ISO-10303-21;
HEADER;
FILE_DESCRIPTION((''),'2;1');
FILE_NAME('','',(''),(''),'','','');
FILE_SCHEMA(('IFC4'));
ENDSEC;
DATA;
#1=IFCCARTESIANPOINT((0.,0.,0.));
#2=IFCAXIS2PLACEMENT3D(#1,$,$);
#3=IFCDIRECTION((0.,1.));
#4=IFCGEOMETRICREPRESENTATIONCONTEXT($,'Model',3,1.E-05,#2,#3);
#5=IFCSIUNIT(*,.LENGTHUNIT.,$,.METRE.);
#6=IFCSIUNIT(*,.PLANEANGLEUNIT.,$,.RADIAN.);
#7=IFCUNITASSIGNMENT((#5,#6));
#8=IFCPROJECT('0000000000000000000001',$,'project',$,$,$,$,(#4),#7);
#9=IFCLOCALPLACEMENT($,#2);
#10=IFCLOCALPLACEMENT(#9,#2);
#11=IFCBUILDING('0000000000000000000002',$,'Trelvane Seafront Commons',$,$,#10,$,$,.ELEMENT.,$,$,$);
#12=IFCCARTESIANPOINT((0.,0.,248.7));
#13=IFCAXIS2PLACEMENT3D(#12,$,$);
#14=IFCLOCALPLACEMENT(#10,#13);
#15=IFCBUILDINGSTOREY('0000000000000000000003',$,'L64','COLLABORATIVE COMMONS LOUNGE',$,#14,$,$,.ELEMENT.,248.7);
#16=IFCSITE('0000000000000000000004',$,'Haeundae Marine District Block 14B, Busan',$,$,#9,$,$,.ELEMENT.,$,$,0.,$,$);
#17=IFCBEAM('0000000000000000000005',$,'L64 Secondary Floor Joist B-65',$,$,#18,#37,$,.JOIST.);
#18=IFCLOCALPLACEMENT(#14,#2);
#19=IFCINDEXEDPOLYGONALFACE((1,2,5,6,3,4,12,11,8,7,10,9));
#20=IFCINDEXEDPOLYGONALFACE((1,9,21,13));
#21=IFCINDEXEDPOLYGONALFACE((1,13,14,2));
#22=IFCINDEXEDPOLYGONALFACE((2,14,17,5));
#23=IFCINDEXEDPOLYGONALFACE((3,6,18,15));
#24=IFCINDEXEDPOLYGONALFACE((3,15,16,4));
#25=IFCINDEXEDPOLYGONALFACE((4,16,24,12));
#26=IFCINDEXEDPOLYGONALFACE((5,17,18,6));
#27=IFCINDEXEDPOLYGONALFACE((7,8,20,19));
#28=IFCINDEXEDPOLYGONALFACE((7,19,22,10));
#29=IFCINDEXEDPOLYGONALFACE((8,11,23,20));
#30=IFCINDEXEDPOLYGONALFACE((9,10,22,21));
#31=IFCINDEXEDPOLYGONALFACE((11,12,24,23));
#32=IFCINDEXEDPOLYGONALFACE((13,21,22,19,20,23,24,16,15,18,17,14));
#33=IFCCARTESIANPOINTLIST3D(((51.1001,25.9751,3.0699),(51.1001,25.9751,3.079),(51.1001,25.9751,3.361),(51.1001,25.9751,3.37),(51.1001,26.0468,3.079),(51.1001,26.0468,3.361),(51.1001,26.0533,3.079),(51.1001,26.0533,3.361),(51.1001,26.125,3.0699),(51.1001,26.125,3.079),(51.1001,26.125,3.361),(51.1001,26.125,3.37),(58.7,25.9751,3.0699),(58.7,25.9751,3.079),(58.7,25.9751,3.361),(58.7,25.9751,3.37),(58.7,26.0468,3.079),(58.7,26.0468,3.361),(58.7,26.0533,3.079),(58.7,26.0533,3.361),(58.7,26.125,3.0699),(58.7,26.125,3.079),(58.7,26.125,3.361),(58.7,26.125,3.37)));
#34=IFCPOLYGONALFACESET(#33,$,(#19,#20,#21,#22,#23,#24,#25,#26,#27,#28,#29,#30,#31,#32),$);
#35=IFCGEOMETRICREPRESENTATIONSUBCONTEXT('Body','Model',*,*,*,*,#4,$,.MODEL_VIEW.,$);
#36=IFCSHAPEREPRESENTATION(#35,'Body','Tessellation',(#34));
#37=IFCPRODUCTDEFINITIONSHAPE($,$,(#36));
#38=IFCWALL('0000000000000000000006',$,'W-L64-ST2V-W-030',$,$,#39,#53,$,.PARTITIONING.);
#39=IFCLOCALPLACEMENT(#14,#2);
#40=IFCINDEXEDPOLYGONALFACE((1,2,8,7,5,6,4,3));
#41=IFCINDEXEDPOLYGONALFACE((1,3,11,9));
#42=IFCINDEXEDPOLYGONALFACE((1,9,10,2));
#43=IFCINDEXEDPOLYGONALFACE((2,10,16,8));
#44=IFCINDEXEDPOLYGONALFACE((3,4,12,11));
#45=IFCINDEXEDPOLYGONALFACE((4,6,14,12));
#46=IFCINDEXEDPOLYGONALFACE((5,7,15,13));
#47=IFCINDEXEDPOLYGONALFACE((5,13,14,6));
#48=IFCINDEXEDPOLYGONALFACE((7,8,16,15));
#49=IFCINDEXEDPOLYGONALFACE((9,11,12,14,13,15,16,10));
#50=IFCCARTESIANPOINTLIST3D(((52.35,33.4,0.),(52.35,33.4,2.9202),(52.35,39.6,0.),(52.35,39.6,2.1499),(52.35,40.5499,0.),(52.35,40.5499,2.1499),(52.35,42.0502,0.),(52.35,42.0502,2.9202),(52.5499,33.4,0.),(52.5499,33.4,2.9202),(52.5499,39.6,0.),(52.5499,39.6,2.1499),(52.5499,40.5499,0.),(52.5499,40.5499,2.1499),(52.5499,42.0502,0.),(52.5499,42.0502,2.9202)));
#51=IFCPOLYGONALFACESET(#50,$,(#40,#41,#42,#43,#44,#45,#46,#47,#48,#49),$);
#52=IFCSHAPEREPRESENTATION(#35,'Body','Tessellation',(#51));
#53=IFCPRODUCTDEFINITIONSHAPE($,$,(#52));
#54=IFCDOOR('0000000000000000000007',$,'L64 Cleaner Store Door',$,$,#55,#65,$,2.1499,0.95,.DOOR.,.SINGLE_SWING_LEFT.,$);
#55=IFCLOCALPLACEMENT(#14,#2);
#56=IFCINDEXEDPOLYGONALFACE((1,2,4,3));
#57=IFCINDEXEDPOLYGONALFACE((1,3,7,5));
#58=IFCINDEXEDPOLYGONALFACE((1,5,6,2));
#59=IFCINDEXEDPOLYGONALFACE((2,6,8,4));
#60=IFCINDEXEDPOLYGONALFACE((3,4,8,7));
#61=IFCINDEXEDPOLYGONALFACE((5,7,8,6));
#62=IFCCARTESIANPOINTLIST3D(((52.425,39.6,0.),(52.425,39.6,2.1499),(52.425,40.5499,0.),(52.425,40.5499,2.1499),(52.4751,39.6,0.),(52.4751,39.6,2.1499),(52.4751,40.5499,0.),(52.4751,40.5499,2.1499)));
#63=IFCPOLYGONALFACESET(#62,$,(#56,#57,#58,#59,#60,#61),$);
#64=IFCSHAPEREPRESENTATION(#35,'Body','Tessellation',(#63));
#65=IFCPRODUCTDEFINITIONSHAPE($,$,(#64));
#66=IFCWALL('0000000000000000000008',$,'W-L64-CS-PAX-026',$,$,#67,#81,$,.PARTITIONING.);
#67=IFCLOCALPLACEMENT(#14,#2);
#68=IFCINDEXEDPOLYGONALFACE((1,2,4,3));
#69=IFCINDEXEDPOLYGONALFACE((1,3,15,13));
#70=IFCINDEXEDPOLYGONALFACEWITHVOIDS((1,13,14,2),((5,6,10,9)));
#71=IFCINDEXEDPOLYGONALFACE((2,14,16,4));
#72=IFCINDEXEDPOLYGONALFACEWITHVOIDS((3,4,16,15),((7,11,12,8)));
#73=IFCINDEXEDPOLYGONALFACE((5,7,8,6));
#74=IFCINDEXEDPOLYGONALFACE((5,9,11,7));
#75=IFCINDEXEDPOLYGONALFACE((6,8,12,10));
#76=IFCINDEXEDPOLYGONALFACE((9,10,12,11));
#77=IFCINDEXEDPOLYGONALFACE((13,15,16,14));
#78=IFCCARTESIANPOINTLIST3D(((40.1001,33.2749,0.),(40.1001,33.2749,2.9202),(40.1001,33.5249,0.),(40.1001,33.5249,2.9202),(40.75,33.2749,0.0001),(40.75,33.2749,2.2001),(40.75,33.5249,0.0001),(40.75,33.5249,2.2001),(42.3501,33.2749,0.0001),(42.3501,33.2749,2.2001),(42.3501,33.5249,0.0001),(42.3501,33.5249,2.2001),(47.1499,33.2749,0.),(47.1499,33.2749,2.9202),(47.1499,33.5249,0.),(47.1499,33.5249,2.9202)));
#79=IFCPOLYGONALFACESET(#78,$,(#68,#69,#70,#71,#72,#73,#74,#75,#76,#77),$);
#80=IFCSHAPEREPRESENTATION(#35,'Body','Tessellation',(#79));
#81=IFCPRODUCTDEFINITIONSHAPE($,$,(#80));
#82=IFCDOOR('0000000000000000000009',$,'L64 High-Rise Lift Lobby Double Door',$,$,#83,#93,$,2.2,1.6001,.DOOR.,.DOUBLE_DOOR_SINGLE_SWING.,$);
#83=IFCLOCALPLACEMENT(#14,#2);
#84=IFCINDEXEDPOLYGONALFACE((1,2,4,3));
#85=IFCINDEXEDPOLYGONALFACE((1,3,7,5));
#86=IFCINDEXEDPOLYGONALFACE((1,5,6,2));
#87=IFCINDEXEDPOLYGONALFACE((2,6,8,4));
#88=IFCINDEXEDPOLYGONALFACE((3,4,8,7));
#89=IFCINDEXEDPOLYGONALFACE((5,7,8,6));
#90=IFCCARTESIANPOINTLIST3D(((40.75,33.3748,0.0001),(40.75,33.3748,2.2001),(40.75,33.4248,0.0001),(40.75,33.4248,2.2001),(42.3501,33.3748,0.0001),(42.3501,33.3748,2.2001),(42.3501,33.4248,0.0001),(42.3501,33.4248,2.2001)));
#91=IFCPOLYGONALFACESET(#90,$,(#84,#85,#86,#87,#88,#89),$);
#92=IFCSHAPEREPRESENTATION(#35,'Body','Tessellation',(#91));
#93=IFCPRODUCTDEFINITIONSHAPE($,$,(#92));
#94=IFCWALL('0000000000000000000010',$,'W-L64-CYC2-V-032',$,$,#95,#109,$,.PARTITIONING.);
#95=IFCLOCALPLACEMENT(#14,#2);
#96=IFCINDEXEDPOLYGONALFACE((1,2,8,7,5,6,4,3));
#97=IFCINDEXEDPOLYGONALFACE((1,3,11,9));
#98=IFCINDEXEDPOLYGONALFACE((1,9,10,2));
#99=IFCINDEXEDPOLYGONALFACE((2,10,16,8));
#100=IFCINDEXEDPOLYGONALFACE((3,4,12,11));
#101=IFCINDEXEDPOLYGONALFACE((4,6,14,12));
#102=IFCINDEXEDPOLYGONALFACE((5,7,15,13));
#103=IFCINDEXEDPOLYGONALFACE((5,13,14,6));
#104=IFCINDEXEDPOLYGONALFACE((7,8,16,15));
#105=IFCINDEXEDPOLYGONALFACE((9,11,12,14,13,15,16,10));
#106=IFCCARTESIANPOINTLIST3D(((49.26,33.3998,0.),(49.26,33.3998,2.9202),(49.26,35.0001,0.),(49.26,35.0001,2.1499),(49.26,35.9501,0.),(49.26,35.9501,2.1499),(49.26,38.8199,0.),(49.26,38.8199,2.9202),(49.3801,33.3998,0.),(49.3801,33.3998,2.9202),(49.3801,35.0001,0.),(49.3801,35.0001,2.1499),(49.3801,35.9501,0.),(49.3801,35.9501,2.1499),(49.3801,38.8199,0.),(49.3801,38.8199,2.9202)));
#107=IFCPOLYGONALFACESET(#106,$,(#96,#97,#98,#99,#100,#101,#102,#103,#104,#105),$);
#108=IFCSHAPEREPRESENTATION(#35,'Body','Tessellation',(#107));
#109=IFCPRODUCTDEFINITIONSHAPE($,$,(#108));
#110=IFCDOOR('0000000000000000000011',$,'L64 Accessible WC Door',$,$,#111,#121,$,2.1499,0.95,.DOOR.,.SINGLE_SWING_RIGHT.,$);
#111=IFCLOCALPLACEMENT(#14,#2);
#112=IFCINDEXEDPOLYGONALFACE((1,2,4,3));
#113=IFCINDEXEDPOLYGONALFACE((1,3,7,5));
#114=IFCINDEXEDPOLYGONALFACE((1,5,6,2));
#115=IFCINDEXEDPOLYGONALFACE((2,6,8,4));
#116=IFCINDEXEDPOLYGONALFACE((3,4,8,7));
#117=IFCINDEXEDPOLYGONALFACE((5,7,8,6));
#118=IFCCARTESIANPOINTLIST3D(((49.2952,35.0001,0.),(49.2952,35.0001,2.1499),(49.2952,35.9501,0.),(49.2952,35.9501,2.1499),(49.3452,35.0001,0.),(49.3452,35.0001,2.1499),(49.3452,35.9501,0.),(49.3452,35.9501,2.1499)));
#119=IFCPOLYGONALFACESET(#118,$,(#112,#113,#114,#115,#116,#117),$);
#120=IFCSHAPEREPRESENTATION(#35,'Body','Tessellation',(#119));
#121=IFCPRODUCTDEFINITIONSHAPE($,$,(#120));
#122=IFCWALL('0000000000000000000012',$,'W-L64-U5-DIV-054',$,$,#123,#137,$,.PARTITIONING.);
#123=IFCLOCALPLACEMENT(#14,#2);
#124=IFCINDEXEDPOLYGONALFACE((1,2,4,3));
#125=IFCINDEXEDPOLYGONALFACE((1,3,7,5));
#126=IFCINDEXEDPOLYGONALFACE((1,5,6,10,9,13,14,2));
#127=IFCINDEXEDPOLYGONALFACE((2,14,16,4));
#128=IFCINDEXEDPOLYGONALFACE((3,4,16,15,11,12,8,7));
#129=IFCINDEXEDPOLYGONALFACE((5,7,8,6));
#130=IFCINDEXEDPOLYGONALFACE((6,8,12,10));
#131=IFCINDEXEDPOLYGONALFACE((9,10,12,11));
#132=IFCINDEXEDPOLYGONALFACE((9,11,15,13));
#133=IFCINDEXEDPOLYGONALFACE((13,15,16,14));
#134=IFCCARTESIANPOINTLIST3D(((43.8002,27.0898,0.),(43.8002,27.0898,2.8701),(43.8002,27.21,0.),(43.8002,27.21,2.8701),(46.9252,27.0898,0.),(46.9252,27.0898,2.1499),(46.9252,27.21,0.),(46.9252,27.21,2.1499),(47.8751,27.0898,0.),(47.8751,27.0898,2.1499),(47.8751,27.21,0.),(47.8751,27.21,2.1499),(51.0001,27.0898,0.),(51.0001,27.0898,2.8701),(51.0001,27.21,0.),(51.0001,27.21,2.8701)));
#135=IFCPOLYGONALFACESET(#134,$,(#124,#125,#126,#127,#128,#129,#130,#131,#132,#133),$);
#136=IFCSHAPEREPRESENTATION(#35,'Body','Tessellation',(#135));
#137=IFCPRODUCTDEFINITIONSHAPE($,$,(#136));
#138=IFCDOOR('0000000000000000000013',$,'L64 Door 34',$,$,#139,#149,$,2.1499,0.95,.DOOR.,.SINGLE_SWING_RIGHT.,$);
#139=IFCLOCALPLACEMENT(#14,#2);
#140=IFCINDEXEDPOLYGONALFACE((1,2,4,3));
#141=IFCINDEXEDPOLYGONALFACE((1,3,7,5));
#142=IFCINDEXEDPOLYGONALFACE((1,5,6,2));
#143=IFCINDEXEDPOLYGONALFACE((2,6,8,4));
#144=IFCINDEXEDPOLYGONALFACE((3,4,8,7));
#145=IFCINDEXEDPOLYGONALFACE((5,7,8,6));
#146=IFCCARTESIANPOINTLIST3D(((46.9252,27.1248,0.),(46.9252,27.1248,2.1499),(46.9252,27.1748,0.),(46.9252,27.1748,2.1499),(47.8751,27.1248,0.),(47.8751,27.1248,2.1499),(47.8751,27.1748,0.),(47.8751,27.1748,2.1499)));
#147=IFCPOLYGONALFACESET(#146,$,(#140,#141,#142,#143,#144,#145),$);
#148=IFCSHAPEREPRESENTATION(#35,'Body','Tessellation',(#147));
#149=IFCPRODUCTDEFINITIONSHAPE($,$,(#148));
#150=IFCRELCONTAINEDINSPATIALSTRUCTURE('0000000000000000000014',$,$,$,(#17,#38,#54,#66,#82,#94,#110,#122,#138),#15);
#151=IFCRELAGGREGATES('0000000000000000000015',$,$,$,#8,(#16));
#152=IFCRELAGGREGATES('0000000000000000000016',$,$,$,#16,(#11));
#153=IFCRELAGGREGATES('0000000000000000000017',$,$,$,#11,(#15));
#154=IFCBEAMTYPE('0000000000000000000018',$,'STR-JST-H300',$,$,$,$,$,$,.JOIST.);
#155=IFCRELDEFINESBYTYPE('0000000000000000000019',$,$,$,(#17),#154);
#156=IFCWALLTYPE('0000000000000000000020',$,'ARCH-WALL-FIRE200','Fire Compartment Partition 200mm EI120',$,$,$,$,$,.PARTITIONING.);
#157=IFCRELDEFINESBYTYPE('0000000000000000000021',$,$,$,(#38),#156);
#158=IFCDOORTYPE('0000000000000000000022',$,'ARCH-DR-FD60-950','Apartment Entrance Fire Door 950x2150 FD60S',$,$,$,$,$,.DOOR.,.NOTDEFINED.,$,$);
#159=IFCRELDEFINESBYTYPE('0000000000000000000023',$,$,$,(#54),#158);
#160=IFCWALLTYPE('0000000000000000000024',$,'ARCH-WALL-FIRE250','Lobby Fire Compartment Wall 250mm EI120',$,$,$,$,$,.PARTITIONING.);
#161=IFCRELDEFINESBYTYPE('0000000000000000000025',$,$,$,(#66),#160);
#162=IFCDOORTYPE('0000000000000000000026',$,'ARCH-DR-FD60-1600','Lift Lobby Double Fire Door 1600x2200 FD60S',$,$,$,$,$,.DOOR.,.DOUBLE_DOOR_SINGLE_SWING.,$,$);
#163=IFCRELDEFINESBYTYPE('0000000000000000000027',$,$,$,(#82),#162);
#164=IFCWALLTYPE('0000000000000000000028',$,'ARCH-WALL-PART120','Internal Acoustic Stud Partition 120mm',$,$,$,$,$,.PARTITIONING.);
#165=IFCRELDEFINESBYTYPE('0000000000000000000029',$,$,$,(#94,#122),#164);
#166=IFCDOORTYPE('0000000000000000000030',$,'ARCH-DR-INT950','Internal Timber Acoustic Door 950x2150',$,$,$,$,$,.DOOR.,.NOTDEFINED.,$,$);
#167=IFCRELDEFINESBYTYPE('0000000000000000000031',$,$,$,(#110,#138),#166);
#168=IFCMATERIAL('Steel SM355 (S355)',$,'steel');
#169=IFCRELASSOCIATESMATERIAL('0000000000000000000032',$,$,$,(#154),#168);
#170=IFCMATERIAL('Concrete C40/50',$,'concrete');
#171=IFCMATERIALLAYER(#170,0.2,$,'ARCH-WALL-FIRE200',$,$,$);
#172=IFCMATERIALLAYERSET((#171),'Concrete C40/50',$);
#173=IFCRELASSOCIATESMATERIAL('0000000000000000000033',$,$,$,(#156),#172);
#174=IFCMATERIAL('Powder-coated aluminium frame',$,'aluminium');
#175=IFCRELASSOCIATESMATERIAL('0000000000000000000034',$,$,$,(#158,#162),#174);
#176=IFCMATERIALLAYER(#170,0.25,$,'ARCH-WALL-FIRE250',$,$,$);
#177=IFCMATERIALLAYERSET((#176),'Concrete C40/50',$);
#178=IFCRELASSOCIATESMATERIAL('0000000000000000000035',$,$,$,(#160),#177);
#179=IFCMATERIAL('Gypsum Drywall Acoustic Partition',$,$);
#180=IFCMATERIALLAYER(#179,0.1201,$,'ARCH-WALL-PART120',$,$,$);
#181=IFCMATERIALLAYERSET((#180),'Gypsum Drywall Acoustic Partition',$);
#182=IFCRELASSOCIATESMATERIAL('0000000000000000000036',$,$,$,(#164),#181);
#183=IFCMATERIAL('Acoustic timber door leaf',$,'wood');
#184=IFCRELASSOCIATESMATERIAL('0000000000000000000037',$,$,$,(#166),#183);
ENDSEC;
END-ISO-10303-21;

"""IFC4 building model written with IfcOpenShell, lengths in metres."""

from ifc_helpers import new_model, si_unit, direction, frame, frame_2d, origin, origin_2d, place, context, subcontext, project, spatial, rectangle, i_section, extrude, source, transform, mapped, material, layer, layer_set, material_profile, profile_set, type_object, element, fill, save


model = new_model("IFC4")

# Units and contexts
model_context = context("Model", 3, precision=1e-05, world=origin(), true_north=direction((0.0, 1.0)))
body_context = subcontext(model_context, "Body", "Model", "MODEL_VIEW")
ifc_project = project(units=[si_unit("LENGTHUNIT", "METRE"), si_unit("PLANEANGLEUNIT", "RADIAN")], contexts=[model_context])

# Site, building, storey
site_placement = place(None, origin())
site = spatial("IfcSite", under=ifc_project, at=site_placement, Name="Haeundae Marine District Block 14B, Busan", CompositionType="ELEMENT", RefElevation=0.0)
building_placement = place(site_placement, origin())
building = spatial("IfcBuilding", under=site, at=building_placement, Name="Trelvane Seafront Commons", CompositionType="ELEMENT")
storey_placement = place(building_placement, frame((0.0, 0.0, 248.7)))
storey = spatial("IfcBuildingStorey", under=building, at=storey_placement, Name="L64", Description="COLLABORATIVE COMMONS LOUNGE", CompositionType="ELEMENT", Elevation=248.7)

# Beam
ifc_material_1 = material(Name="Steel SM355 (S355)", Category="steel")
ifc_material_profile_1 = material_profile(ifc_material_1, i_section(OverallWidth=0.1499, OverallDepth=0.3, WebThickness=0.0066, FlangeThickness=0.009, at=origin_2d()), Name="H-300x150x6.5x9")
ifc_profile_set_1 = profile_set([ifc_material_profile_1], Name="Steel SM355 (S355)")
beam_type_1 = type_object("IfcBeamType", Name="STR-JST-H300", PredefinedType="JOIST", material=ifc_profile_set_1)
shared_shape_1 = source(origin(), body_context, "Body", "SweptSolid", [
    extrude(i_section(OverallWidth=0.1499, OverallDepth=0.3, WebThickness=0.0066, FlangeThickness=0.009, at=origin_2d()), origin(), (0.0, 0.0, 1.0), 7.5999),
])
beam_1_placement = place(storey_placement, frame((51.1001, 26.05, 3.22), z_axis=(1.0, 0.0, 0.0), x_axis=(0.0, 1.0, 0.0)))
element("IfcBeam", 1, at=beam_1_placement, inside=storey, type_object=beam_type_1, Name="L64 Secondary Floor Joist B-65", PredefinedType="JOIST", context=body_context, shape_type="MappedRepresentation", body=[
    mapped(shared_shape_1, transform((0.0, 0.0, 0.0), x_axis=(1.0, 0.0, 0.0), y_axis=(0.0, 1.0, 0.0), z_axis=(0.0, 0.0, 1.0), scale=1.0)),
])

# Walls, openings, doors
ifc_material_2 = material(Name="Concrete C40/50", Category="concrete")
ifc_layer_1 = layer(ifc_material_2, 0.2, Name="ARCH-WALL-FIRE200")
ifc_layer_set_1 = layer_set([ifc_layer_1], Name="Concrete C40/50")
wall_type_1 = type_object("IfcWallType", Name="ARCH-WALL-FIRE200", Description="Fire Compartment Partition 200mm EI120", PredefinedType="PARTITIONING", material=ifc_layer_set_1)
wall_1_placement = place(storey_placement, frame((52.45, 33.3999, 0.0), z_axis=(0.0, 0.0, 1.0), x_axis=(0.0, 1.0, 0.0)))
wall_1 = element("IfcWall", 2, at=wall_1_placement, inside=storey, type_object=wall_type_1, Name="W-L64-ST2V-W-030", PredefinedType="PARTITIONING", context=body_context, shape_type="SweptSolid", body=[
    extrude(rectangle(XDim=8.6501, YDim=0.2, at=frame_2d((4.3252, 0.0))), origin(), (0.0, 0.0, 1.0), 2.9202),
])
opening_1_placement = place(wall_1_placement, frame((6.2, 0.0, 0.0)))
opening_1 = element("IfcOpeningElement", 3, at=opening_1_placement, cuts=wall_1, PredefinedType="OPENING", context=body_context, shape_type="SweptSolid", body=[
    extrude(rectangle(XDim=0.95, YDim=2.1499, at=frame_2d((0.4751, 1.075))), frame((0.0, 0.1099, 0.0), z_axis=(0.0, -1.0, 0.0), x_axis=(1.0, 0.0, 0.0)), (0.0, 0.0, 1.0), 0.22),
])
ifc_material_3 = material(Name="Powder-coated aluminium frame", Category="aluminium")
door_type_1 = type_object("IfcDoorType", Name="ARCH-DR-FD60-950", Description="Apartment Entrance Fire Door 950x2150 FD60S", OperationType="NOTDEFINED", PredefinedType="DOOR", material=ifc_material_3)
shared_shape_2 = source(origin(), body_context, "Body", "SweptSolid", [
    extrude(rectangle(XDim=0.95, YDim=2.1499, at=frame_2d((0.4751, 1.075))), frame((0.0, 0.0249, 0.0), z_axis=(0.0, -1.0, 0.0), x_axis=(1.0, 0.0, 0.0)), (0.0, 0.0, 1.0), 0.05),
])
door_1_placement = place(opening_1_placement, origin())
door_1 = element("IfcDoor", 4, at=door_1_placement, inside=storey, type_object=door_type_1, Name="L64 Cleaner Store Door", OperationType="SINGLE_SWING_LEFT", OverallHeight=2.1499, OverallWidth=0.95, PredefinedType="DOOR", context=body_context, shape_type="MappedRepresentation", body=[
    mapped(shared_shape_2, transform((0.0, 0.0, 0.0), x_axis=(1.0, 0.0, 0.0), y_axis=(0.0, 1.0, 0.0), z_axis=(0.0, 0.0, 1.0), scale=1.0)),
])
fill(opening_1, door_1)
ifc_layer_2 = layer(ifc_material_2, 0.25, Name="ARCH-WALL-FIRE250")
ifc_layer_set_2 = layer_set([ifc_layer_2], Name="Concrete C40/50")
wall_type_2 = type_object("IfcWallType", Name="ARCH-WALL-FIRE250", Description="Lobby Fire Compartment Wall 250mm EI120", PredefinedType="PARTITIONING", material=ifc_layer_set_2)
wall_2_placement = place(storey_placement, frame((40.1001, 33.3999, 0.0), z_axis=(0.0, 0.0, 1.0), x_axis=(1.0, 0.0, 0.0)))
wall_2 = element("IfcWall", 5, at=wall_2_placement, inside=storey, type_object=wall_type_2, Name="W-L64-CS-PAX-026", PredefinedType="PARTITIONING", context=body_context, shape_type="SweptSolid", body=[
    extrude(rectangle(XDim=7.0498, YDim=0.25, at=frame_2d((3.5249, 0.0))), origin(), (0.0, 0.0, 1.0), 2.9202),
])
opening_2_placement = place(wall_2_placement, frame((0.6499, 0.0, 0.0)))
opening_2 = element("IfcOpeningElement", 6, at=opening_2_placement, cuts=wall_2, PredefinedType="OPENING", context=body_context, shape_type="SweptSolid", body=[
    extrude(rectangle(XDim=1.6001, YDim=2.2, at=frame_2d((0.8, 1.1001))), frame((0.0, 0.135, 0.0), z_axis=(0.0, -1.0, 0.0), x_axis=(1.0, 0.0, 0.0)), (0.0, 0.0, 1.0), 0.27),
])
door_type_2 = type_object("IfcDoorType", Name="ARCH-DR-FD60-1600", Description="Lift Lobby Double Fire Door 1600x2200 FD60S", OperationType="DOUBLE_DOOR_SINGLE_SWING", PredefinedType="DOOR", material=ifc_material_3)
shared_shape_3 = source(origin(), body_context, "Body", "SweptSolid", [
    extrude(rectangle(XDim=1.6001, YDim=2.2, at=frame_2d((0.8, 1.1001))), frame((0.0, 0.0249, 0.0), z_axis=(0.0, -1.0, 0.0), x_axis=(1.0, 0.0, 0.0)), (0.0, 0.0, 1.0), 0.05),
])
door_2_placement = place(opening_2_placement, origin())
door_2 = element("IfcDoor", 7, at=door_2_placement, inside=storey, type_object=door_type_2, Name="L64 High-Rise Lift Lobby Double Door", OperationType="DOUBLE_DOOR_SINGLE_SWING", OverallHeight=2.2, OverallWidth=1.6001, PredefinedType="DOOR", context=body_context, shape_type="MappedRepresentation", body=[
    mapped(shared_shape_3, transform((0.0, 0.0, 0.0), x_axis=(1.0, 0.0, 0.0), y_axis=(0.0, 1.0, 0.0), z_axis=(0.0, 0.0, 1.0), scale=1.0)),
])
fill(opening_2, door_2)

# Walls, openings, doors
ifc_material_4 = material(Name="Gypsum Drywall Acoustic Partition")
ifc_layer_3 = layer(ifc_material_4, 0.1201, Name="ARCH-WALL-PART120")
ifc_layer_set_3 = layer_set([ifc_layer_3], Name="Gypsum Drywall Acoustic Partition")
wall_type_3 = type_object("IfcWallType", Name="ARCH-WALL-PART120", Description="Internal Acoustic Stud Partition 120mm", PredefinedType="PARTITIONING", material=ifc_layer_set_3)
wall_3_placement = place(storey_placement, frame((49.3201, 33.3999, 0.0), z_axis=(0.0, 0.0, 1.0), x_axis=(0.0, 1.0, 0.0)))
wall_3 = element("IfcWall", 8, at=wall_3_placement, inside=storey, type_object=wall_type_3, Name="W-L64-CYC2-V-032", PredefinedType="PARTITIONING", context=body_context, shape_type="SweptSolid", body=[
    extrude(rectangle(XDim=5.4202, YDim=0.1201, at=frame_2d((2.71, 0.0))), origin(), (0.0, 0.0, 1.0), 2.9202),
])
opening_3_placement = place(wall_3_placement, frame((1.6001, 0.0, 0.0)))
opening_3 = element("IfcOpeningElement", 9, at=opening_3_placement, cuts=wall_3, PredefinedType="OPENING", context=body_context, shape_type="SweptSolid", body=[
    extrude(rectangle(XDim=0.95, YDim=2.1499, at=frame_2d((0.4751, 1.075))), frame((0.0, 0.0701, 0.0), z_axis=(0.0, -1.0, 0.0), x_axis=(1.0, 0.0, 0.0)), (0.0, 0.0, 1.0), 0.1401),
])
ifc_material_5 = material(Name="Acoustic timber door leaf", Category="wood")
door_type_3 = type_object("IfcDoorType", Name="ARCH-DR-INT950", Description="Internal Timber Acoustic Door 950x2150", OperationType="NOTDEFINED", PredefinedType="DOOR", material=ifc_material_5)
door_3_placement = place(opening_3_placement, origin())
door_3 = element("IfcDoor", 10, at=door_3_placement, inside=storey, type_object=door_type_3, Name="L64 Accessible WC Door", OperationType="SINGLE_SWING_RIGHT", OverallHeight=2.1499, OverallWidth=0.95, PredefinedType="DOOR", context=body_context, shape_type="MappedRepresentation", body=[
    mapped(shared_shape_2, transform((0.0, 0.0, 0.0), x_axis=(1.0, 0.0, 0.0), y_axis=(0.0, 1.0, 0.0), z_axis=(0.0, 0.0, 1.0), scale=1.0)),
])
fill(opening_3, door_3)
wall_4_placement = place(storey_placement, frame((43.8, 27.1499, 0.0), z_axis=(0.0, 0.0, 1.0), x_axis=(1.0, 0.0, 0.0)))
wall_4 = element("IfcWall", 11, at=wall_4_placement, inside=storey, type_object=wall_type_3, Name="W-L64-U5-DIV-054", PredefinedType="PARTITIONING", context=body_context, shape_type="SweptSolid", body=[
    extrude(rectangle(XDim=7.2, YDim=0.1201, at=frame_2d((3.6001, 0.0))), origin(), (0.0, 0.0, 1.0), 2.8701),
])
opening_4_placement = place(wall_4_placement, frame((3.125, 0.0, 0.0)))
opening_4 = element("IfcOpeningElement", 12, at=opening_4_placement, cuts=wall_4, PredefinedType="OPENING", context=body_context, shape_type="SweptSolid", body=[
    extrude(rectangle(XDim=0.95, YDim=2.1499, at=frame_2d((0.4751, 1.075))), frame((0.0, 0.0701, 0.0), z_axis=(0.0, -1.0, 0.0), x_axis=(1.0, 0.0, 0.0)), (0.0, 0.0, 1.0), 0.1401),
])
door_4_placement = place(opening_4_placement, origin())
door_4 = element("IfcDoor", 13, at=door_4_placement, inside=storey, type_object=door_type_3, Name="L64 Door 34", OperationType="SINGLE_SWING_RIGHT", OverallHeight=2.1499, OverallWidth=0.95, PredefinedType="DOOR", context=body_context, shape_type="MappedRepresentation", body=[
    mapped(shared_shape_2, transform((0.0, 0.0, 0.0), x_axis=(1.0, 0.0, 0.0), y_axis=(0.0, 1.0, 0.0), z_axis=(0.0, 0.0, 1.0), scale=1.0)),
])
fill(opening_4, door_4)

save(model, "model.ifc")
